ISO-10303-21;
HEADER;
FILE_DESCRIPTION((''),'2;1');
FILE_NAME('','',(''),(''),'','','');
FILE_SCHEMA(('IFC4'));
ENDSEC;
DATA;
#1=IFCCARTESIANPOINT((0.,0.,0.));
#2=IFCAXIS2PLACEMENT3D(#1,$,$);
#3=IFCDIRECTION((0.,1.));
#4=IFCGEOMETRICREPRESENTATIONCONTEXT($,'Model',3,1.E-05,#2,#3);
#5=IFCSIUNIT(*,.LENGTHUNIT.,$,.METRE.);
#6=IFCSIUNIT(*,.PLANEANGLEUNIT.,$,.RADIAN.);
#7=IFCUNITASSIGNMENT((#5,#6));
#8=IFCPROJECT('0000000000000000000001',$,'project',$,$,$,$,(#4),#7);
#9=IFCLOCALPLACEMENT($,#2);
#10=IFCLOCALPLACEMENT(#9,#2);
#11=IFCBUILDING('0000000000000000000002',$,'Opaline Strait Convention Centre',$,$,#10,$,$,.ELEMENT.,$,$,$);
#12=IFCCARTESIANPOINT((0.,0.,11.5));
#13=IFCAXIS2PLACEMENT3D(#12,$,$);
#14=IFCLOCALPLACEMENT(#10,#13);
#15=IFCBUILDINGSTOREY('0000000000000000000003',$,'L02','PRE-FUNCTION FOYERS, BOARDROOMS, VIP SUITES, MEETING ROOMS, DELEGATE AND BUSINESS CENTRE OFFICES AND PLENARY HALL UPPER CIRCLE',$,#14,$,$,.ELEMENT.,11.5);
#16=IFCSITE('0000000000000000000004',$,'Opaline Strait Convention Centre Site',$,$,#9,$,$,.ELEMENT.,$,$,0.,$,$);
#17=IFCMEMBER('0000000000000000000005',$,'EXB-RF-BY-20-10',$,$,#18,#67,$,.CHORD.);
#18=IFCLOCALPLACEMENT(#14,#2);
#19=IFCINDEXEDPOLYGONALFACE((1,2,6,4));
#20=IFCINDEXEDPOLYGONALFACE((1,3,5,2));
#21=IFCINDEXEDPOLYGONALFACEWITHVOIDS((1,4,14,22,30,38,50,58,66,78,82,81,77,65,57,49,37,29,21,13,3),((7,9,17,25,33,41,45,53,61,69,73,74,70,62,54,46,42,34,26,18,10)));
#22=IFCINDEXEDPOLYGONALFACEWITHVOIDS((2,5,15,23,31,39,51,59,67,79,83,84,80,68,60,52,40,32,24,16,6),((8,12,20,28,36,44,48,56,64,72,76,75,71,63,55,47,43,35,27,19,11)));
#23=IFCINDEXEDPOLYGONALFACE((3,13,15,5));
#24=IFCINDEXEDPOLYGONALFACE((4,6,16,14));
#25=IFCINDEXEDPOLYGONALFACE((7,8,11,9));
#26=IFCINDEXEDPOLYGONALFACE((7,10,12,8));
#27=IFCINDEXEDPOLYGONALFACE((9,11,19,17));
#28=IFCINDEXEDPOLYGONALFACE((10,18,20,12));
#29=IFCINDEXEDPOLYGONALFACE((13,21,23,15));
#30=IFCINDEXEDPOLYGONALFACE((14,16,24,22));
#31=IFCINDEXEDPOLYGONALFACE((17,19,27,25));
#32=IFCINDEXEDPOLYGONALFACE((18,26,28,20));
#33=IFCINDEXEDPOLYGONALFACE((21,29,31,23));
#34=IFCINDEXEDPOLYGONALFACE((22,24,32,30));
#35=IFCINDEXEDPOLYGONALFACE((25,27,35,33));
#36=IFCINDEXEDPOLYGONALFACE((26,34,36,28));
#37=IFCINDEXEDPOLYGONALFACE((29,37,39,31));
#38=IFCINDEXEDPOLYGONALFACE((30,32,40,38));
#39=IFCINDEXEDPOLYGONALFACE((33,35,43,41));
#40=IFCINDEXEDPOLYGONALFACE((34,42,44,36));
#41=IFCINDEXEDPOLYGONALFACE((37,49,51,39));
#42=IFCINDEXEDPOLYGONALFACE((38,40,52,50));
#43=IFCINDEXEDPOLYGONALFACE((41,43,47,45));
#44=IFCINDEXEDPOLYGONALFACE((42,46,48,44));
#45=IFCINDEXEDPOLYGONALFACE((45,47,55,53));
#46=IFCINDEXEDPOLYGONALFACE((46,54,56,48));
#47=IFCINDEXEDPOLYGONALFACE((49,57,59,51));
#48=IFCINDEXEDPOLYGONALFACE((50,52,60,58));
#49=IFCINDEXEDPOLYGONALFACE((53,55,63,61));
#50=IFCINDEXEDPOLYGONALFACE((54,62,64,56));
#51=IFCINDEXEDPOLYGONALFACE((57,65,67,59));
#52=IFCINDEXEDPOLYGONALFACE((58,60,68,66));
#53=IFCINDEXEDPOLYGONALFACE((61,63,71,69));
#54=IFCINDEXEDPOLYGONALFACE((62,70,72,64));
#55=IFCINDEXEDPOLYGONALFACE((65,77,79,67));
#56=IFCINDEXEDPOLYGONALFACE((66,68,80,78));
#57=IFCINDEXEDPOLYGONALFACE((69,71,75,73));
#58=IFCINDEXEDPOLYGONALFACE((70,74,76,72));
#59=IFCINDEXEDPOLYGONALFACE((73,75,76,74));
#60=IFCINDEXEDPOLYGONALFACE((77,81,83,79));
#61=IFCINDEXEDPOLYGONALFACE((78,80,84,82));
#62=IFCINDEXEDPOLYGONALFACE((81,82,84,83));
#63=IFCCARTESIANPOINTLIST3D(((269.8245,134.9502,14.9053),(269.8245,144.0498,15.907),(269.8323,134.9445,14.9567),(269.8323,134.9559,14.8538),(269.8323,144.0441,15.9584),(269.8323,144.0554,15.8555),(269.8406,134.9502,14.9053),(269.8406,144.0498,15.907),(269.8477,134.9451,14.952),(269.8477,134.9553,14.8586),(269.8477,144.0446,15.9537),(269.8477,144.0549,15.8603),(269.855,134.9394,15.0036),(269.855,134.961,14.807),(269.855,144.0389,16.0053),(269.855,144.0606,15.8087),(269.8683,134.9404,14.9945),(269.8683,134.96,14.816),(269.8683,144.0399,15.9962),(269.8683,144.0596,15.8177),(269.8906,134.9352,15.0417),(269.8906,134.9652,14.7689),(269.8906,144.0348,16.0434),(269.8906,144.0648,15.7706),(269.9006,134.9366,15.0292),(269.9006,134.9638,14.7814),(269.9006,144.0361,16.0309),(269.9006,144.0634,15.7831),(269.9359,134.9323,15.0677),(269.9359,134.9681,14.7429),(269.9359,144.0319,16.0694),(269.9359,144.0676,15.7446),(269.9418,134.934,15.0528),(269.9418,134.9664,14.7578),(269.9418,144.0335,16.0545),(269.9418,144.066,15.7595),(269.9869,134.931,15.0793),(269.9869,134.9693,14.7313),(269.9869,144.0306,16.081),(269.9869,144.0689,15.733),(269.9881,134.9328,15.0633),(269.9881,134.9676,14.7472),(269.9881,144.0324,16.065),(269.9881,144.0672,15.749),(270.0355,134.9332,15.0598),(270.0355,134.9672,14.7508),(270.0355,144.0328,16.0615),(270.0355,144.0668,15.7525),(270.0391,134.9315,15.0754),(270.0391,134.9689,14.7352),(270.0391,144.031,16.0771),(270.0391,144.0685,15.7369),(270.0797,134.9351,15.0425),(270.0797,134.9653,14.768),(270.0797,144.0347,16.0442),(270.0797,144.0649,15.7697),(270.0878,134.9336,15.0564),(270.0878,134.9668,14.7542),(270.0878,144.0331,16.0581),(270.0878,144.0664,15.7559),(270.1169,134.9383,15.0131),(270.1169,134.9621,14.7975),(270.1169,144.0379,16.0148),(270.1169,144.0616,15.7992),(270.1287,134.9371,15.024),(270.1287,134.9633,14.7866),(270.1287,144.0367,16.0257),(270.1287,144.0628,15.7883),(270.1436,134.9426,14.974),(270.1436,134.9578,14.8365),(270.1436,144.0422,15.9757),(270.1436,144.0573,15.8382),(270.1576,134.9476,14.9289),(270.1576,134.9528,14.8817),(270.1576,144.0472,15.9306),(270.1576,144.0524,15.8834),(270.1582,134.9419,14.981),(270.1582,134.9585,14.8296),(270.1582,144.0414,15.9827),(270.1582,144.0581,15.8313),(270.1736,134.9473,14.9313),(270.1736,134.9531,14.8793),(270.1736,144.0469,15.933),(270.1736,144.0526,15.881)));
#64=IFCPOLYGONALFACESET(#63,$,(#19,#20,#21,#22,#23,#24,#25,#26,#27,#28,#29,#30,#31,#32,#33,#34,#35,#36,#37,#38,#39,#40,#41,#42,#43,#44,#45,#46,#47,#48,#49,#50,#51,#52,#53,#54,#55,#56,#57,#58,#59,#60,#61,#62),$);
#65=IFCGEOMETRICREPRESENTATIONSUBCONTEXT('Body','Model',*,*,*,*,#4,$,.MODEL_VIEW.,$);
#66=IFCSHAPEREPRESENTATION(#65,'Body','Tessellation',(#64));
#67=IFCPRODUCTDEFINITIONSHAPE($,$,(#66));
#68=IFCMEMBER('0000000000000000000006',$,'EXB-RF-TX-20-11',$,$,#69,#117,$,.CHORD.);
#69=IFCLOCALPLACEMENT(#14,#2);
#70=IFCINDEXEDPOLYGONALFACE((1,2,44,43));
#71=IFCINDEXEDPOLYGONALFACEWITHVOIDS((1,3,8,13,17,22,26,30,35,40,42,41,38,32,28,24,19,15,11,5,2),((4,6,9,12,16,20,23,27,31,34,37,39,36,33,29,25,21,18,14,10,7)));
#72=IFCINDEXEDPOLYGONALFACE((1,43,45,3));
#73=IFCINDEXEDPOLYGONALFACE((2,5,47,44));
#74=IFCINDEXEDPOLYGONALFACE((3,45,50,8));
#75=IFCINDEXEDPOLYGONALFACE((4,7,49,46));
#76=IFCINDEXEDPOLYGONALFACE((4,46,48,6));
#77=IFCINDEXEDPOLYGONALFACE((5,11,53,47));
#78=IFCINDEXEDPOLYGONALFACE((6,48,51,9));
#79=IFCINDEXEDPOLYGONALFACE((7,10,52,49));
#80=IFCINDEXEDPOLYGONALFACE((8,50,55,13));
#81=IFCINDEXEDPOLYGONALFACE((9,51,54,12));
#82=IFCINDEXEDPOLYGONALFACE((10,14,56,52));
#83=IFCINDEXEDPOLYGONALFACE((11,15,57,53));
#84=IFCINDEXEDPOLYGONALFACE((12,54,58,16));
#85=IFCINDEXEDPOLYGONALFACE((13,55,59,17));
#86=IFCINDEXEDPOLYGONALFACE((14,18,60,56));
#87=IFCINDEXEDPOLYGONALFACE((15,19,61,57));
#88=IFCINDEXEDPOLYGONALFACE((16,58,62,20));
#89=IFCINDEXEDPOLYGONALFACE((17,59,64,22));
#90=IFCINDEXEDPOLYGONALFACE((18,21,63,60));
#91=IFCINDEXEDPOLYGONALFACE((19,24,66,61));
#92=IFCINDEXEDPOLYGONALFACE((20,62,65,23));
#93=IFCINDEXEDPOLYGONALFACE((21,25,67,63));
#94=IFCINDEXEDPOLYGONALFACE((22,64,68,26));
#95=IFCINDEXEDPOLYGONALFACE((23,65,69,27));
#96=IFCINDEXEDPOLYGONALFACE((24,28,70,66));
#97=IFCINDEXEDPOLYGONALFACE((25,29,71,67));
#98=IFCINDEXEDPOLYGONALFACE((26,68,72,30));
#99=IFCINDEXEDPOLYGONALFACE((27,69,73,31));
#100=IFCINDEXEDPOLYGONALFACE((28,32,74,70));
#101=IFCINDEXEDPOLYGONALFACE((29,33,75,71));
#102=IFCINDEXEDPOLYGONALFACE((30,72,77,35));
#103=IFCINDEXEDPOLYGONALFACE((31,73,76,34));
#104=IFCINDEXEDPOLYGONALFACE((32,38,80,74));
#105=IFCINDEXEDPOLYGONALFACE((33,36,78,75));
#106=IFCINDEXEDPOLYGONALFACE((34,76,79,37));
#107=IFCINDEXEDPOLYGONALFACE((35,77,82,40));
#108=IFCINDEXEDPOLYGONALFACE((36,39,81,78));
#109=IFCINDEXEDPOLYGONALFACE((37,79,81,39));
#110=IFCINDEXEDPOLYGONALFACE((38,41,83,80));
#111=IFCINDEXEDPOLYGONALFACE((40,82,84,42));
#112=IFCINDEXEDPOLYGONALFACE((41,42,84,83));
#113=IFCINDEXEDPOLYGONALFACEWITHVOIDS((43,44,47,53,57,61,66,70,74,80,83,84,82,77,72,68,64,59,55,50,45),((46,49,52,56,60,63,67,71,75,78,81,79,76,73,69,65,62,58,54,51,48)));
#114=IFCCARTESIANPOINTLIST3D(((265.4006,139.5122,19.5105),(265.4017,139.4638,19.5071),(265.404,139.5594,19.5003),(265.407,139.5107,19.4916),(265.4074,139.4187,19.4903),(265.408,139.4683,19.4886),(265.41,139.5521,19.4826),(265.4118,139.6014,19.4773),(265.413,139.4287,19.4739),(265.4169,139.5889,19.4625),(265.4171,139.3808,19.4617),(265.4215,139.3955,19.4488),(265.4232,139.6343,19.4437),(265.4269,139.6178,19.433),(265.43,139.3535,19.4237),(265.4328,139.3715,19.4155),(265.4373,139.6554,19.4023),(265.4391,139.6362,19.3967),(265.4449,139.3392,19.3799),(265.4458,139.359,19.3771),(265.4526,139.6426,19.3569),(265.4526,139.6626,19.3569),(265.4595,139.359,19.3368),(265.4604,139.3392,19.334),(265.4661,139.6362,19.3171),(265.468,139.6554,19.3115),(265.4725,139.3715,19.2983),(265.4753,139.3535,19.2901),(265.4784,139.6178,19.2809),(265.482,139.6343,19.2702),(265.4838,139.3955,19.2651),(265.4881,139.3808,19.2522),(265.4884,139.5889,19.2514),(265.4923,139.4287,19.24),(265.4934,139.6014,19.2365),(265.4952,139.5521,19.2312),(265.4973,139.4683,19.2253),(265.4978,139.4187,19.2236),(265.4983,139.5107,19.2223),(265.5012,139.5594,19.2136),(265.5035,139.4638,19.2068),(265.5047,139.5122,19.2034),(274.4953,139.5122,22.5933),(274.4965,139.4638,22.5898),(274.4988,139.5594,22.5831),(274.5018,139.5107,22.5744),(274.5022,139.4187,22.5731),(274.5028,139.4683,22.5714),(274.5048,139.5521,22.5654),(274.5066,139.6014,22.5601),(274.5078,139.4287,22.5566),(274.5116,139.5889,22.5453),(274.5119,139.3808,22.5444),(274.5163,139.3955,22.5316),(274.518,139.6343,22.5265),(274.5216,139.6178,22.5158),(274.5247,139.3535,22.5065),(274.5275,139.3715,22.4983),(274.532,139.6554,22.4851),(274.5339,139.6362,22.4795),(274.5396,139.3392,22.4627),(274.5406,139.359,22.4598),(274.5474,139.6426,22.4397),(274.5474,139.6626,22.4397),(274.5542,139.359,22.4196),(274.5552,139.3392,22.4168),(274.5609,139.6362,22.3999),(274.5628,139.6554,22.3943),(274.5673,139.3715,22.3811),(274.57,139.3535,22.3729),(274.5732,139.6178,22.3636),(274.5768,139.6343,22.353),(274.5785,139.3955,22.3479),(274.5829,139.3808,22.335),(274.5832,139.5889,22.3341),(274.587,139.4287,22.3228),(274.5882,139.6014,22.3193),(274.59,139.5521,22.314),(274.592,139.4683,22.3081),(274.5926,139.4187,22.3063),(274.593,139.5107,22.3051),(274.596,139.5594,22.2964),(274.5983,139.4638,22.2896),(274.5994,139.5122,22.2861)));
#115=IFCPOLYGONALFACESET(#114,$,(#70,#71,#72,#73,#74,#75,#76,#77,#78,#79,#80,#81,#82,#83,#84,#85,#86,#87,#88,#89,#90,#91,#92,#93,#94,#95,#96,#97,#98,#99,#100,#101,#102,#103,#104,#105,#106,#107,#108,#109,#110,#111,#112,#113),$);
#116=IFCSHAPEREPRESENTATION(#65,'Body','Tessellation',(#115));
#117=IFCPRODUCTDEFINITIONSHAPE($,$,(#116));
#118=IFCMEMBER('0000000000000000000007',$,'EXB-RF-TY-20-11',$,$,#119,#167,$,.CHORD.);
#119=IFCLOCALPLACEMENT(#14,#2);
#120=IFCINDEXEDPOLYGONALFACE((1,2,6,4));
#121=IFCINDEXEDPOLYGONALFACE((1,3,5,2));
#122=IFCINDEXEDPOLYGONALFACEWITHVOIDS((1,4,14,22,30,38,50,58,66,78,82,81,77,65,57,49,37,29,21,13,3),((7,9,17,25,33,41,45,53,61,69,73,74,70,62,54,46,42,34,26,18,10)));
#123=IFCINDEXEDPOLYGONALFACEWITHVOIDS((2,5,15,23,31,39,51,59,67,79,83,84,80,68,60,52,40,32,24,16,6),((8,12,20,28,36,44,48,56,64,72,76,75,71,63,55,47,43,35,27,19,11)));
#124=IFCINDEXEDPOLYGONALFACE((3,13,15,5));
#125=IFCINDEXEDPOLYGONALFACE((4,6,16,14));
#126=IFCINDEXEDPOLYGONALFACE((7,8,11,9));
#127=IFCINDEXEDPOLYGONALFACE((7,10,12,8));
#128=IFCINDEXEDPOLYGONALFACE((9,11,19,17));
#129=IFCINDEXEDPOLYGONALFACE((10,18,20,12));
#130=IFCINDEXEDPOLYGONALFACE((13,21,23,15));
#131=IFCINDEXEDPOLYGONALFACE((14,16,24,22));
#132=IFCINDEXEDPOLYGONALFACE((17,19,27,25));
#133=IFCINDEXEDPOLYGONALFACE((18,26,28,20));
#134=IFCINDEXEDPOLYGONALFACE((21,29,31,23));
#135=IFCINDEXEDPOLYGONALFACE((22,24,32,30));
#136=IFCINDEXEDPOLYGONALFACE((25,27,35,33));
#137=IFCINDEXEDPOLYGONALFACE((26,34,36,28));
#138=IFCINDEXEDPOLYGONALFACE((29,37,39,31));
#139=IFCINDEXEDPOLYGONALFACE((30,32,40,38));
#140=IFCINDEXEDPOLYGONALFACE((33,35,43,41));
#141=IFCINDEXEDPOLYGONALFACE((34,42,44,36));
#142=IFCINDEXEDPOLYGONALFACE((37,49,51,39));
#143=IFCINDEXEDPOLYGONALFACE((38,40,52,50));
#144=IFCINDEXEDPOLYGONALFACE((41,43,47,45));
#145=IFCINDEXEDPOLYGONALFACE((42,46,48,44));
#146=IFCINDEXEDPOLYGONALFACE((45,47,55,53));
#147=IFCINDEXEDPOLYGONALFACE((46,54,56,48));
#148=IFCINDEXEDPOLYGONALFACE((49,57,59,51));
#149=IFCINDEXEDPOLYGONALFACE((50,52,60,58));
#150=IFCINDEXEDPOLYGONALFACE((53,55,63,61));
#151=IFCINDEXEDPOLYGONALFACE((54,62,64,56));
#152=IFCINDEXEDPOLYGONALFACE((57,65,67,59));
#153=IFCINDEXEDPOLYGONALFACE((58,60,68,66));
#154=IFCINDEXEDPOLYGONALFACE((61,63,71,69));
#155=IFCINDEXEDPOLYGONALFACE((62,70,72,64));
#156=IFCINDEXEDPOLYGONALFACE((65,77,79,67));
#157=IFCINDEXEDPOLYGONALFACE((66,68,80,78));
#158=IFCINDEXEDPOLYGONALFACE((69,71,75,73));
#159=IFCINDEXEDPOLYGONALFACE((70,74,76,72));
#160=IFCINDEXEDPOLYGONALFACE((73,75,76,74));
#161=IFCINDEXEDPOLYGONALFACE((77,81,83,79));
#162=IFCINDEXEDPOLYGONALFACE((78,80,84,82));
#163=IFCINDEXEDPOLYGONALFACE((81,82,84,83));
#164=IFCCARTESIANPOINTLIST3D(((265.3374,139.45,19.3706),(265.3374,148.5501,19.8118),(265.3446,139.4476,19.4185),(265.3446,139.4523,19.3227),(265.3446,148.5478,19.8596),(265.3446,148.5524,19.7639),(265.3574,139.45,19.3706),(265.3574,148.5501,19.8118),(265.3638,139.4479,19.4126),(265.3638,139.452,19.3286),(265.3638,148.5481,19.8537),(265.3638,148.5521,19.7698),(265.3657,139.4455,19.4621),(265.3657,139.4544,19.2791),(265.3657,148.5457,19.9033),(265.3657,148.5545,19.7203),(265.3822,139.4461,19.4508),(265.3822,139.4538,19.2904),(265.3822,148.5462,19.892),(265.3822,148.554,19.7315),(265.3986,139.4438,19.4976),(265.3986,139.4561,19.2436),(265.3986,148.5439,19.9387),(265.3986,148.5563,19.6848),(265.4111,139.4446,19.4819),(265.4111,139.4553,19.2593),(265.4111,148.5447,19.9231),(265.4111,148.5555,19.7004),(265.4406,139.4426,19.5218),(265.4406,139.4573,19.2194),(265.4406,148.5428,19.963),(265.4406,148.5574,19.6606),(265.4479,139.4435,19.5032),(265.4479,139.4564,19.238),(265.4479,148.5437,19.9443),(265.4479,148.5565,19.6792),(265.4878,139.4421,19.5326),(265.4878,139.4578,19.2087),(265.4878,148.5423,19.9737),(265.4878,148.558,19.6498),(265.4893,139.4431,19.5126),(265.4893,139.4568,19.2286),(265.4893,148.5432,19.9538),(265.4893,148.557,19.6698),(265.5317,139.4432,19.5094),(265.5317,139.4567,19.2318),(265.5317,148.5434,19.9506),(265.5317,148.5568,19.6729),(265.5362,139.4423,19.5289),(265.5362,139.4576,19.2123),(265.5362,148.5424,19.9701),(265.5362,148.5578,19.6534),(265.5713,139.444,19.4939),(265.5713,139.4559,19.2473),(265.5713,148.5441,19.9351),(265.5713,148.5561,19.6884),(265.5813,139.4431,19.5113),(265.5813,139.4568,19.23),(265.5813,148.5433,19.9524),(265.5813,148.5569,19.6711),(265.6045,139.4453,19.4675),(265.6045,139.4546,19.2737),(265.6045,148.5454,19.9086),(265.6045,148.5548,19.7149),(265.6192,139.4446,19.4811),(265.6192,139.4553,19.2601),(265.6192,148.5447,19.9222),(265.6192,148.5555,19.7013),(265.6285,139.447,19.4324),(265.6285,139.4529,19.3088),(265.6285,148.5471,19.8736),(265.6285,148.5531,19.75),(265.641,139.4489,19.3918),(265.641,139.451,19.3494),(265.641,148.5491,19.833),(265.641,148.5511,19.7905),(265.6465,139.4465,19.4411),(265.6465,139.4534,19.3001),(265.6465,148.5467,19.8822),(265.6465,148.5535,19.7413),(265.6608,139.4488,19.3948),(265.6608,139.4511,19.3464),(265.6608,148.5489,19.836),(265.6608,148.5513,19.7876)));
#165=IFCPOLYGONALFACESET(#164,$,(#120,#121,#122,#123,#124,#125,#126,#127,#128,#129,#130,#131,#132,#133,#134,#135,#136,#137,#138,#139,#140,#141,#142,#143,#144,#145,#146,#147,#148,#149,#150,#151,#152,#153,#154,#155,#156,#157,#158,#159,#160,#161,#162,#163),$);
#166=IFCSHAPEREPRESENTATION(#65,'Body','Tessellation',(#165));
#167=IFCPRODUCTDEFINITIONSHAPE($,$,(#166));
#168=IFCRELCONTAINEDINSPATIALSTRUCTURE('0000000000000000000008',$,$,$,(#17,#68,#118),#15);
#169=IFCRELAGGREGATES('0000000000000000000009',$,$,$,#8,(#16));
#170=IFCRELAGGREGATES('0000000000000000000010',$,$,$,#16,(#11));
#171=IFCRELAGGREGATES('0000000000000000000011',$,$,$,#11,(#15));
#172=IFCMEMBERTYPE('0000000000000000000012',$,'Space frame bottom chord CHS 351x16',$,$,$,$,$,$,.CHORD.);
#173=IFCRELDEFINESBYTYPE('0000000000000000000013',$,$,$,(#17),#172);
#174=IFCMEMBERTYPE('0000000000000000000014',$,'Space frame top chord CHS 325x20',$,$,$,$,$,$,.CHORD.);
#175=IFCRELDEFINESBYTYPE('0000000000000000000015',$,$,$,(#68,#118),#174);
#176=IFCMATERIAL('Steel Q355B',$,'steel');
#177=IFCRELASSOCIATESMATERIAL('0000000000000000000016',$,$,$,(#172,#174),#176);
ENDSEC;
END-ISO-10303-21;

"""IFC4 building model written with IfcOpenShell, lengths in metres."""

from ifc_helpers import new_model, si_unit, direction, frame, origin, origin_2d, place, context, subcontext, project, spatial, hollow_circle, extrude, material, material_profile, profile_set, type_object, element, save


model = new_model("IFC4")

# Units and contexts
model_context = context("Model", 3, precision=1e-05, world=origin(), true_north=direction((0.0, 1.0)))
body_context = subcontext(model_context, "Body", "Model", "MODEL_VIEW")
ifc_project = project(units=[si_unit("LENGTHUNIT", "METRE"), si_unit("PLANEANGLEUNIT", "RADIAN")], contexts=[model_context])

# Site, building, storey
site_placement = place(None, origin())
site = spatial("IfcSite", under=ifc_project, at=site_placement, Name="Opaline Strait Convention Centre Site", CompositionType="ELEMENT", RefElevation=0.0)
building_placement = place(site_placement, origin())
building = spatial("IfcBuilding", under=site, at=building_placement, Name="Opaline Strait Convention Centre", CompositionType="ELEMENT")
storey_placement = place(building_placement, frame((0.0, 0.0, 11.5)))
storey = spatial("IfcBuildingStorey", under=building, at=storey_placement, Name="L02", Description="PRE-FUNCTION FOYERS, BOARDROOMS, VIP SUITES, MEETING ROOMS, DELEGATE AND BUSINESS CENTRE OFFICES AND PLENARY HALL UPPER CIRCLE", CompositionType="ELEMENT", Elevation=11.5)

# Members
ifc_material_1 = material(Name="Steel Q355B", Category="steel")
ifc_material_profile_1 = material_profile(ifc_material_1, hollow_circle(Radius=0.1755, WallThickness=0.0161, at=origin_2d()), Name="CHS 351x16")
ifc_profile_set_1 = profile_set([ifc_material_profile_1], Name="Steel Q355B")
member_type_1 = type_object("IfcMemberType", Name="Space frame bottom chord CHS 351x16", PredefinedType="CHORD", material=ifc_profile_set_1)
member_1_placement = place(storey_placement, frame((270.0, 134.9502, 14.9053), z_axis=(0.0, 0.993995, 0.109422), x_axis=(-1.0, 0.0, 0.0)))
element("IfcMember", 1, at=member_1_placement, inside=storey, type_object=member_type_1, Name="EXB-RF-BY-20-10", PredefinedType="CHORD", context=body_context, shape_type="SweptSolid", body=[
    extrude(hollow_circle(Radius=0.1755, WallThickness=0.0161, at=origin_2d()), origin(), (0.0, 0.0, 1.0), 9.1545),
])
ifc_material_profile_2 = material_profile(ifc_material_1, hollow_circle(Radius=0.1626, WallThickness=0.02, at=origin_2d()), Name="CHS 325x20")
ifc_profile_set_2 = profile_set([ifc_material_profile_2], Name="Steel Q355B")
member_type_2 = type_object("IfcMemberType", Name="Space frame top chord CHS 325x20", PredefinedType="CHORD", material=ifc_profile_set_2)
member_2_placement = place(storey_placement, frame((265.4526, 139.5, 19.3569), z_axis=(0.947072, 0.0, 0.321021), x_axis=(0.0, 1.0, 0.0)))
element("IfcMember", 2, at=member_2_placement, inside=storey, type_object=member_type_2, Name="EXB-RF-TX-20-11", PredefinedType="CHORD", context=body_context, shape_type="SweptSolid", body=[
    extrude(hollow_circle(Radius=0.1626, WallThickness=0.02, at=origin_2d()), origin(), (0.0, 0.0, 1.0), 9.603),
])
member_3_placement = place(storey_placement, frame((265.5, 139.45, 19.3706), z_axis=(0.0, 0.998827, 0.048422), x_axis=(-1.0, 0.0, 0.0)))
element("IfcMember", 3, at=member_3_placement, inside=storey, type_object=member_type_2, Name="EXB-RF-TY-20-11", PredefinedType="CHORD", context=body_context, shape_type="SweptSolid", body=[
    extrude(hollow_circle(Radius=0.1626, WallThickness=0.02, at=origin_2d()), origin(), (0.0, 0.0, 1.0), 9.1108),
])

save(model, "model.ifc")
